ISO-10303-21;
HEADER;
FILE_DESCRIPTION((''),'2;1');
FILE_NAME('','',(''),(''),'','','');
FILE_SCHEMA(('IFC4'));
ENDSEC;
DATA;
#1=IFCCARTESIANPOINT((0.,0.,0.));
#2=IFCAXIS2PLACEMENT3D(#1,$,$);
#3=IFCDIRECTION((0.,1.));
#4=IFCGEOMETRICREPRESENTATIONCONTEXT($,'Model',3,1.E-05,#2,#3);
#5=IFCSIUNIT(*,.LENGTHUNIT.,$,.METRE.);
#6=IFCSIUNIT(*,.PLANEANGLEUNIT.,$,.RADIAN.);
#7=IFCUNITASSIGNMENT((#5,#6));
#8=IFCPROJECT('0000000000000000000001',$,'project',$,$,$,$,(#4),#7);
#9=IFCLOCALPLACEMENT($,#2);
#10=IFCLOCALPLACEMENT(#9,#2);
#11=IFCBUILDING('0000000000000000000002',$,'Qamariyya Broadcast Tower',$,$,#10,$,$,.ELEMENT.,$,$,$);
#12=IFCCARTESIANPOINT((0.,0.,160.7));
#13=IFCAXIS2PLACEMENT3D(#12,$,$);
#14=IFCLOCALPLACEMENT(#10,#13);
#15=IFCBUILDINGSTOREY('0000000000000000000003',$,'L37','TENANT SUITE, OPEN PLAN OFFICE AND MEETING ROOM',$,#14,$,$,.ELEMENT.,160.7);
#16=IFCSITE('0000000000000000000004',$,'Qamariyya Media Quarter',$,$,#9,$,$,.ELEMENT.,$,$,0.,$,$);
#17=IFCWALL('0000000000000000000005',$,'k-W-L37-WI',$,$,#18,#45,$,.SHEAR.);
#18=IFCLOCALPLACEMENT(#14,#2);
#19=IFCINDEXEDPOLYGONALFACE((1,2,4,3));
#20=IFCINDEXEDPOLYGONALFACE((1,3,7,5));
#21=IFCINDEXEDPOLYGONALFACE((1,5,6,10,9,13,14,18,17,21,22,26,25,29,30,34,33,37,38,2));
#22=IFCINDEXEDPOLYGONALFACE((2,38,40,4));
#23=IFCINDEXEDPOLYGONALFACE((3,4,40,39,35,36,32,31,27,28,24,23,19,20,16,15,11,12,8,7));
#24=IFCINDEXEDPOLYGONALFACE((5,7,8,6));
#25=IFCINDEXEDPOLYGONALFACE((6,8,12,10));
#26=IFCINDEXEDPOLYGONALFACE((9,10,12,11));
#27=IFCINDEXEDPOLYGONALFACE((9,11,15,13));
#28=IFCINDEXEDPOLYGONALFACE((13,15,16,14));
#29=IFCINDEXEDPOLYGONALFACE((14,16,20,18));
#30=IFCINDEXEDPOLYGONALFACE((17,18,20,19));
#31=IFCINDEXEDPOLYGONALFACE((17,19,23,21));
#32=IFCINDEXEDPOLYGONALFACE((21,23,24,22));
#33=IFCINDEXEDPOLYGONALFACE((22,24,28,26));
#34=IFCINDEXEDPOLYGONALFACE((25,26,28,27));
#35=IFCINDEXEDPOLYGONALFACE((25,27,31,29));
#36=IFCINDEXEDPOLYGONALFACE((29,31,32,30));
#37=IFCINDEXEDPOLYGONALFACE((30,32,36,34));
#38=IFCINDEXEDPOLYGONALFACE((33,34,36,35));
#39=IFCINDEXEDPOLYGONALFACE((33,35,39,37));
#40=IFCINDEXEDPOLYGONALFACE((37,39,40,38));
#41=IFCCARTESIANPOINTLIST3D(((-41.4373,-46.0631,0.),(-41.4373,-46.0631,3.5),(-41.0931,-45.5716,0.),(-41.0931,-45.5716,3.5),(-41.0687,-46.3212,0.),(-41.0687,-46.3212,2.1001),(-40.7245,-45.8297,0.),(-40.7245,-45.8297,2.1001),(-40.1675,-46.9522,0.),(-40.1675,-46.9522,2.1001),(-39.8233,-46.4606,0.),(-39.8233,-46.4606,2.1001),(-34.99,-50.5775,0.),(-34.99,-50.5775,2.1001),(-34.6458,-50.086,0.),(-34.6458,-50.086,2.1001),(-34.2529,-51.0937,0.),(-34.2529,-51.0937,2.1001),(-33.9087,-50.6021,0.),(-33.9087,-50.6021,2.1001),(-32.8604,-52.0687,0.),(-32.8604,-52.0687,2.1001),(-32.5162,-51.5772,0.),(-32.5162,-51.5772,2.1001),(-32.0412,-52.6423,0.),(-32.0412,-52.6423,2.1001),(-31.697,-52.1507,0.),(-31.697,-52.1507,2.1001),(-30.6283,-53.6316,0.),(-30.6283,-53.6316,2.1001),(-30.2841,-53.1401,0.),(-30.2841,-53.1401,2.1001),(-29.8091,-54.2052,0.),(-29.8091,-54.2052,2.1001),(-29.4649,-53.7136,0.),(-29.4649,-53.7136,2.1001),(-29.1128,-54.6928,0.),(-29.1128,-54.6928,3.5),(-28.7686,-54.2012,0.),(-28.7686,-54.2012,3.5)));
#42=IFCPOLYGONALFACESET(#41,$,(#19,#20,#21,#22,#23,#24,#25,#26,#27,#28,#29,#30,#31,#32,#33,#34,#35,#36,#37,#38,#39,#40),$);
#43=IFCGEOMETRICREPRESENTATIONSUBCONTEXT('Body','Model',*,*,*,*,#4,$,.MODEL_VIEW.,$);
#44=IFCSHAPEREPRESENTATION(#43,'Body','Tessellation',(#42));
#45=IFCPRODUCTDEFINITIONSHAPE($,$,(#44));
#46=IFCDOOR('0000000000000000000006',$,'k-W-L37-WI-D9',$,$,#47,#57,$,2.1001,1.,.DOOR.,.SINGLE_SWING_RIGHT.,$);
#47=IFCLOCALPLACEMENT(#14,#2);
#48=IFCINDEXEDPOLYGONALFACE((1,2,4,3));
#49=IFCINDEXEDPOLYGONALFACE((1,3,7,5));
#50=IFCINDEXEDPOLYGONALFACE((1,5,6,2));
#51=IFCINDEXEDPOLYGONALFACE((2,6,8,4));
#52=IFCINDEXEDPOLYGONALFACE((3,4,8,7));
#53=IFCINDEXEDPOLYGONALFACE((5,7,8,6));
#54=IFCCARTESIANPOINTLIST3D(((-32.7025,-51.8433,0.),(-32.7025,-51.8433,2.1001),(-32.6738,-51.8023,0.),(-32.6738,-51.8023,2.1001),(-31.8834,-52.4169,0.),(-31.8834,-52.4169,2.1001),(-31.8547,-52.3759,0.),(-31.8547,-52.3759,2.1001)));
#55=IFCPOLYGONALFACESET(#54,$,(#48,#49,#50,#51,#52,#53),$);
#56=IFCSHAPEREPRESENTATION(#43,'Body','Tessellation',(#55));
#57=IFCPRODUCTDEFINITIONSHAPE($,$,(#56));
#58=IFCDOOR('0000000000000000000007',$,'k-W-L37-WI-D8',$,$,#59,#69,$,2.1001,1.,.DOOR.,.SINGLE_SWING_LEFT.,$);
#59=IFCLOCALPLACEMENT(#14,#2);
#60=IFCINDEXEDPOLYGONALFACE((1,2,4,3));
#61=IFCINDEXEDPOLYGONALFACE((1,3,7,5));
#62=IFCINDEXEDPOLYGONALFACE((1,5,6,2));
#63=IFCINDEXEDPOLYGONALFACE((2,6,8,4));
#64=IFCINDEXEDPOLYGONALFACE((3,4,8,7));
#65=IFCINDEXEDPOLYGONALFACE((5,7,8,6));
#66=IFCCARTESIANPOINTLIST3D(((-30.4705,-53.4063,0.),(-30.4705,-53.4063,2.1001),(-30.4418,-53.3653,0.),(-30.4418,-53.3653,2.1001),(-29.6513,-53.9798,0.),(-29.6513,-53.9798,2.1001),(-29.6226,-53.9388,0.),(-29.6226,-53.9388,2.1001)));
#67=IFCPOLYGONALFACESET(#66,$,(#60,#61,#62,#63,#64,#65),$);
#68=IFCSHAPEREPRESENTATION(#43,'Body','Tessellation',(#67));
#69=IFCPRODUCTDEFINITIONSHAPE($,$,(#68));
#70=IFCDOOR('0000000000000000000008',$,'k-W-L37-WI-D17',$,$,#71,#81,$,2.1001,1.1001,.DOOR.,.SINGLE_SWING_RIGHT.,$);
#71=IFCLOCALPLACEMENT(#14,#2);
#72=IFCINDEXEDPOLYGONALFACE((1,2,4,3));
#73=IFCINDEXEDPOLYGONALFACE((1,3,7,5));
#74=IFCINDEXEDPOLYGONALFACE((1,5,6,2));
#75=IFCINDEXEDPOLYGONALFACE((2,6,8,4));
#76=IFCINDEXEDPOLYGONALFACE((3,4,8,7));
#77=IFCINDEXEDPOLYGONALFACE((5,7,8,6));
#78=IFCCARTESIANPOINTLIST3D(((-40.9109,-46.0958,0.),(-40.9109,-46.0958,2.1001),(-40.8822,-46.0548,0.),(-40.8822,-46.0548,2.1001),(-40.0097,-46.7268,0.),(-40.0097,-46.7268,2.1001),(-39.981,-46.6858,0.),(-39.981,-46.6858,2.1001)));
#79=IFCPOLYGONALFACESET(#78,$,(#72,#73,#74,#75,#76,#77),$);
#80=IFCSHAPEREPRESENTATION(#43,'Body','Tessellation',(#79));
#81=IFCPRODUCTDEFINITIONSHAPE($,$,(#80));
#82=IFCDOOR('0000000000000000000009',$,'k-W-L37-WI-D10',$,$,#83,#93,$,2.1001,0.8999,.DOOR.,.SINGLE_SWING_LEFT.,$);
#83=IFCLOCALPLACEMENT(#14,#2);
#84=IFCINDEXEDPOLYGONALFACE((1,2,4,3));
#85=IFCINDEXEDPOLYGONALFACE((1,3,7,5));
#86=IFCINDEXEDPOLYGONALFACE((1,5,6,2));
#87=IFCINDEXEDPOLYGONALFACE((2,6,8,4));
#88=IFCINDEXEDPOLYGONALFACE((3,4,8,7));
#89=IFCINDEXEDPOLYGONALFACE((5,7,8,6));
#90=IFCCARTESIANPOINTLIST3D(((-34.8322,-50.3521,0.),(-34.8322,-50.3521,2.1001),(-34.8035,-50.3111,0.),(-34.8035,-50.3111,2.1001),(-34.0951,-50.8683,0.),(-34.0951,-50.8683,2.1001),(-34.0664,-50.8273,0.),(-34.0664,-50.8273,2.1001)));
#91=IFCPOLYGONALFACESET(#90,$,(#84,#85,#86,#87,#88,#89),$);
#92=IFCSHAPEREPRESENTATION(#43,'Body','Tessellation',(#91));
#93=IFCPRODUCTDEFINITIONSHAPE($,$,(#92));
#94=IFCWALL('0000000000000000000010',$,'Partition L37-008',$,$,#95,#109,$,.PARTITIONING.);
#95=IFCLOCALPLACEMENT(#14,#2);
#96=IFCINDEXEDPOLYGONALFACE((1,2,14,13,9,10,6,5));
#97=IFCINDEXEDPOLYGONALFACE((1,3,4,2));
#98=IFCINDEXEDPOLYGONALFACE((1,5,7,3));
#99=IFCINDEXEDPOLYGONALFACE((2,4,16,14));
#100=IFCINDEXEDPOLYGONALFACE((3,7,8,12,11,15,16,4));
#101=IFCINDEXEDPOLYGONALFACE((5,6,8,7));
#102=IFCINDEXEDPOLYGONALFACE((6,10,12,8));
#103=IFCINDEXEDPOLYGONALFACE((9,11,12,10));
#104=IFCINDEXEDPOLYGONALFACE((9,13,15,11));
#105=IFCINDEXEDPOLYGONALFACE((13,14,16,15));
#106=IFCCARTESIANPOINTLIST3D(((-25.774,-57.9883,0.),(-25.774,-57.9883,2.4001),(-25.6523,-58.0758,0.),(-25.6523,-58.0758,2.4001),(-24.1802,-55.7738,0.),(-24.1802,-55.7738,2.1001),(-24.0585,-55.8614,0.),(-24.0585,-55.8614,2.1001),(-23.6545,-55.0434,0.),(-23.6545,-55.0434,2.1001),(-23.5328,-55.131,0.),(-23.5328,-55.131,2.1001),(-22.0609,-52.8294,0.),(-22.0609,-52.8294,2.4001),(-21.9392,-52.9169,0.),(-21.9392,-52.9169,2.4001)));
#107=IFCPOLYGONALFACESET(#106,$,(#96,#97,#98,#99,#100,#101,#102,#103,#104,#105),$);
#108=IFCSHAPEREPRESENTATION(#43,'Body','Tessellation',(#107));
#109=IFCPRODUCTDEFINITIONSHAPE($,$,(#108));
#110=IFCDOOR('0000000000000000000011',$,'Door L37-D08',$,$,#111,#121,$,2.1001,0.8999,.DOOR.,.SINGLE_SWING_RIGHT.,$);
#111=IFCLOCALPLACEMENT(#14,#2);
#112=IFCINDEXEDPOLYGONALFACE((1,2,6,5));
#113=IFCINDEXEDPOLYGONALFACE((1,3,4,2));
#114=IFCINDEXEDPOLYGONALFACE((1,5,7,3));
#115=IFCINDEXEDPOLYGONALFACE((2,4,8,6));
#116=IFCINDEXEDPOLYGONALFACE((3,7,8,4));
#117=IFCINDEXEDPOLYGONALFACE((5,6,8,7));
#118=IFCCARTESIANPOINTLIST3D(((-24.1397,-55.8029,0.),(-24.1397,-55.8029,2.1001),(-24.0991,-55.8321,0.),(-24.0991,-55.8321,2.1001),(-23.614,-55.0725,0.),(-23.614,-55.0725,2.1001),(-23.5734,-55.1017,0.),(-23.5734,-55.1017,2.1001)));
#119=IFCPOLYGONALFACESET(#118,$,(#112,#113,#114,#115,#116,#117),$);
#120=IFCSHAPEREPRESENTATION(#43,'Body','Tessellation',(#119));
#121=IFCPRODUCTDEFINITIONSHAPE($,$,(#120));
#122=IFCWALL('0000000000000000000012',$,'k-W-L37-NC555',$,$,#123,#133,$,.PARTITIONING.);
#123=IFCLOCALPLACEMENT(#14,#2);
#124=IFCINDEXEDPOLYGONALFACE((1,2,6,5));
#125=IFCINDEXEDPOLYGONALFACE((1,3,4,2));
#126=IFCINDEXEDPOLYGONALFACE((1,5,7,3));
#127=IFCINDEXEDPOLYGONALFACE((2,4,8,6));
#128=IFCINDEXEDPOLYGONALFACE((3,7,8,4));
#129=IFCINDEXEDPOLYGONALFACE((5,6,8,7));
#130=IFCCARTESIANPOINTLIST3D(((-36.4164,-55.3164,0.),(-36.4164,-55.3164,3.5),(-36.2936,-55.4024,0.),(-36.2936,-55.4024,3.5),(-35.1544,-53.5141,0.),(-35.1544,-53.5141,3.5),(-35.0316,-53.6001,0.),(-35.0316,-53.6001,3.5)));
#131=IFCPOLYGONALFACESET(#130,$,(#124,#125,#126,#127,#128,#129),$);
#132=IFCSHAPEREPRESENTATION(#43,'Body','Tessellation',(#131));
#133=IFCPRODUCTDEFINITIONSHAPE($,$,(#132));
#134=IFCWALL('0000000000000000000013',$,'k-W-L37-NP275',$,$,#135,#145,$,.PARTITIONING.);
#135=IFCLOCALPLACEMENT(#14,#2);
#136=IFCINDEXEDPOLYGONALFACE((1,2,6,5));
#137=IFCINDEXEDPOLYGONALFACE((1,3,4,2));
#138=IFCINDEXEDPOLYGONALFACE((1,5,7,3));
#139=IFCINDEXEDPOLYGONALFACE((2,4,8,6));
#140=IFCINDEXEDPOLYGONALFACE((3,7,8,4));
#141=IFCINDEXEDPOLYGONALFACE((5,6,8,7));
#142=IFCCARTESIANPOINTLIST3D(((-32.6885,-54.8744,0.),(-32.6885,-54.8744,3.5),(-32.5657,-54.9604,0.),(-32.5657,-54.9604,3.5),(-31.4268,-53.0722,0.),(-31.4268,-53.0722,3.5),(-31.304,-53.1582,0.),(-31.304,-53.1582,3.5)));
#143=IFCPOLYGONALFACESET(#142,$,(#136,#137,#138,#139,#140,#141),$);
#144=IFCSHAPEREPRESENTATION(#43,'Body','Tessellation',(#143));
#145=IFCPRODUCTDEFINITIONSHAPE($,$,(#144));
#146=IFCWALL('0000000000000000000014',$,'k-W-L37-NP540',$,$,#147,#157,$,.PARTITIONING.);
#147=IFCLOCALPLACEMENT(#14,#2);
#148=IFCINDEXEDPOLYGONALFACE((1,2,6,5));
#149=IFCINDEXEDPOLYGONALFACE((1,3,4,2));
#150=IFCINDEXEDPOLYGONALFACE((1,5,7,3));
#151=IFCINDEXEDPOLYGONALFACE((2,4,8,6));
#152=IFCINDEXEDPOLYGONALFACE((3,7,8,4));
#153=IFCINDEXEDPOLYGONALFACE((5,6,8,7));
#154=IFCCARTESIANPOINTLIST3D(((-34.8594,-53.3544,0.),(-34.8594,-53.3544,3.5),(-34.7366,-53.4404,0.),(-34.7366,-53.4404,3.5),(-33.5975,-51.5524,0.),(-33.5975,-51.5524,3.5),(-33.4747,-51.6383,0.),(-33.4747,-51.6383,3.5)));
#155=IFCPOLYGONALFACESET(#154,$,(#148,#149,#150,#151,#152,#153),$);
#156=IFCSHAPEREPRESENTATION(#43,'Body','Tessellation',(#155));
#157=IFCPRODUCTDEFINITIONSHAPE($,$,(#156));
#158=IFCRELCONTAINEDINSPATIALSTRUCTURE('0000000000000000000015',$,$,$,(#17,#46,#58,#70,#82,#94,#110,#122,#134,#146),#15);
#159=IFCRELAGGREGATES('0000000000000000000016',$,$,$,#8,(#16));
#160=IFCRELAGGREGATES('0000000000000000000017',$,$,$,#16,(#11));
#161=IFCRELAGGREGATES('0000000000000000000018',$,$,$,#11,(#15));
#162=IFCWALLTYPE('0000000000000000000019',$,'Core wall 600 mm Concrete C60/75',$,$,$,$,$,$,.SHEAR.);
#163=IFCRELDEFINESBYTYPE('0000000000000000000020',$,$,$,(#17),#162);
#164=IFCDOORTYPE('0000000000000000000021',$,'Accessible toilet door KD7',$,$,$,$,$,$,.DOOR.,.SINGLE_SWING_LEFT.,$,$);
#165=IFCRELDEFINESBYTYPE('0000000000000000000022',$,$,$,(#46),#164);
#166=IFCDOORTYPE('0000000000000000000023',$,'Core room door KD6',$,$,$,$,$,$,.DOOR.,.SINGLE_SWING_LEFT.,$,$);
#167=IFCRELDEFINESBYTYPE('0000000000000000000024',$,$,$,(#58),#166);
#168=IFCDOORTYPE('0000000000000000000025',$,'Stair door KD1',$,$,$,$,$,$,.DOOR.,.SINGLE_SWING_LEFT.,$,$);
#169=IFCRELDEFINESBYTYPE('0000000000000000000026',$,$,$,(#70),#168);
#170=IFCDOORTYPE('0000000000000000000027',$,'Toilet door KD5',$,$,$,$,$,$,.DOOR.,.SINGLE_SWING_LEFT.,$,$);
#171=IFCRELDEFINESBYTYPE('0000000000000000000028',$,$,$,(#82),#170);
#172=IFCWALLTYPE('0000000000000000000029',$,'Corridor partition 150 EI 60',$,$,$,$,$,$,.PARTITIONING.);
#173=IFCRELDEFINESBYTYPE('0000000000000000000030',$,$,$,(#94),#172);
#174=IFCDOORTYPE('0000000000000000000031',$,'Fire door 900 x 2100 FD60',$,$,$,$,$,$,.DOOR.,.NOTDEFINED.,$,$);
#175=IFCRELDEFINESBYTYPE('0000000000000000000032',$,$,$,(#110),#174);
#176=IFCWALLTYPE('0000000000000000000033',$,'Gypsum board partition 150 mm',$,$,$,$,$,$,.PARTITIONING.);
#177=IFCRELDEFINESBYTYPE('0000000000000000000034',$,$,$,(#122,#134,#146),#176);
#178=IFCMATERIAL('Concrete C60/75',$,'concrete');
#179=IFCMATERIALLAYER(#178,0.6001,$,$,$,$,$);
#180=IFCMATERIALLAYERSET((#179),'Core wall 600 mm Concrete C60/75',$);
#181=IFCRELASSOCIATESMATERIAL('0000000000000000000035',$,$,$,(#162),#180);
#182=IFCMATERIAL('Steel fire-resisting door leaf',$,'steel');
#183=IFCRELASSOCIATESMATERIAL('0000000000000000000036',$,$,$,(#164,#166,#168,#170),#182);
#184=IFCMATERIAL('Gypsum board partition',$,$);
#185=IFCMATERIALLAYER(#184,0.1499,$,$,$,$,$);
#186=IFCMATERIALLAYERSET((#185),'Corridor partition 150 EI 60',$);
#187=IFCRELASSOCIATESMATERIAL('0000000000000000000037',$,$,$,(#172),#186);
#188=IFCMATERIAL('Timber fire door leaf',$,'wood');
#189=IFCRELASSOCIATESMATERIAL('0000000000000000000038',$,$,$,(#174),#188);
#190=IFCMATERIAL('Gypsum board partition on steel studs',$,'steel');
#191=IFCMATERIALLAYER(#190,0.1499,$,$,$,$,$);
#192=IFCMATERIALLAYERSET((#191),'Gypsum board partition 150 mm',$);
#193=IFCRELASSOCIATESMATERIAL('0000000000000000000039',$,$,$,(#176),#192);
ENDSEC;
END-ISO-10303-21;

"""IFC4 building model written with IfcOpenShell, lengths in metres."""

from ifc_helpers import new_model, si_unit, direction, frame, frame_2d, origin, place, context, subcontext, project, spatial, rectangle, extrude, material, layer, layer_set, type_object, element, fill, save


model = new_model("IFC4")

# Units and contexts
model_context = context("Model", 3, precision=1e-05, world=origin(), true_north=direction((0.0, 1.0)))
body_context = subcontext(model_context, "Body", "Model", "MODEL_VIEW")
ifc_project = project(units=[si_unit("LENGTHUNIT", "METRE"), si_unit("PLANEANGLEUNIT", "RADIAN")], contexts=[model_context])

# Site, building, storey
site_placement = place(None, origin())
site = spatial("IfcSite", under=ifc_project, at=site_placement, Name="Qamariyya Media Quarter", CompositionType="ELEMENT", RefElevation=0.0)
building_placement = place(site_placement, origin())
building = spatial("IfcBuilding", under=site, at=building_placement, Name="Qamariyya Broadcast Tower", CompositionType="ELEMENT")
storey_placement = place(building_placement, frame((0.0, 0.0, 160.7)))
storey = spatial("IfcBuildingStorey", under=building, at=storey_placement, Name="L37", Description="TENANT SUITE, OPEN PLAN OFFICE AND MEETING ROOM", CompositionType="ELEMENT", Elevation=160.7)

# Shared definitions
ifc_material_1 = material(Name="Concrete C60/75", Category="concrete")

# Wall, openings, doors
ifc_layer_1 = layer(ifc_material_1, 0.6001)
ifc_layer_set_1 = layer_set([ifc_layer_1], Name="Core wall 600 mm Concrete C60/75")
wall_type_1 = type_object("IfcWallType", Name="Core wall 600 mm Concrete C60/75", PredefinedType="SHEAR", material=ifc_layer_set_1)
wall_1_placement = place(storey_placement, frame((-28.9407, -54.447, 0.0), z_axis=(0.0, 0.0, 1.0), x_axis=(-0.819153, 0.573575, 0.0)))
wall_1 = element("IfcWall", 1, at=wall_1_placement, inside=storey, type_object=wall_type_1, Name="k-W-L37-WI", PredefinedType="SHEAR", context=body_context, shape_type="SweptSolid", body=[
    extrude(rectangle(XDim=15.0454, YDim=0.6001, at=frame_2d((7.5227, 0.0))), origin(), (0.0, 0.0, 1.0), 3.5),
])
opening_1_placement = place(wall_1_placement, frame((0.8501, 0.0, 0.0)))
opening_1 = element("IfcOpeningElement", 2, at=opening_1_placement, cuts=wall_1, PredefinedType="OPENING", context=body_context, shape_type="SweptSolid", body=[
    extrude(rectangle(XDim=1.0, YDim=2.1001, at=frame_2d((0.5, 1.05))), frame((0.0, 0.3101, 0.0), z_axis=(0.0, -1.0, 0.0), x_axis=(1.0, 0.0, 0.0)), (0.0, 0.0, 1.0), 0.6201),
])
opening_2_placement = place(wall_1_placement, frame((3.575, 0.0, 0.0)))
opening_2 = element("IfcOpeningElement", 3, at=opening_2_placement, cuts=wall_1, PredefinedType="OPENING", context=body_context, shape_type="SweptSolid", body=[
    extrude(rectangle(XDim=1.0, YDim=2.1001, at=frame_2d((0.5, 1.05))), frame((0.0, 0.3101, 0.0), z_axis=(0.0, -1.0, 0.0), x_axis=(1.0, 0.0, 0.0)), (0.0, 0.0, 1.0), 0.6201),
])
opening_3_placement = place(wall_1_placement, frame((6.2749, 0.0, 0.0)))
opening_3 = element("IfcOpeningElement", 4, at=opening_3_placement, cuts=wall_1, PredefinedType="OPENING", context=body_context, shape_type="SweptSolid", body=[
    extrude(rectangle(XDim=0.8999, YDim=2.1001, at=frame_2d((0.45, 1.05))), frame((0.0, 0.3101, 0.0), z_axis=(0.0, -1.0, 0.0), x_axis=(1.0, 0.0, 0.0)), (0.0, 0.0, 1.0), 0.6201),
])
opening_4_placement = place(wall_1_placement, frame((13.4954, 0.0, 0.0)))
opening_4 = element("IfcOpeningElement", 5, at=opening_4_placement, cuts=wall_1, PredefinedType="OPENING", context=body_context, shape_type="SweptSolid", body=[
    extrude(rectangle(XDim=1.1001, YDim=2.1001, at=frame_2d((0.55, 1.05))), frame((0.0, 0.3101, 0.0), z_axis=(0.0, -1.0, 0.0), x_axis=(1.0, 0.0, 0.0)), (0.0, 0.0, 1.0), 0.6201),
])
ifc_material_2 = material(Name="Steel fire-resisting door leaf", Category="steel")
door_type_1 = type_object("IfcDoorType", Name="Accessible toilet door KD7", OperationType="SINGLE_SWING_LEFT", PredefinedType="DOOR", material=ifc_material_2)
door_1_placement = place(opening_2_placement, origin())
door_1 = element("IfcDoor", 6, at=door_1_placement, inside=storey, type_object=door_type_1, Name="k-W-L37-WI-D9", OperationType="SINGLE_SWING_RIGHT", OverallHeight=2.1001, OverallWidth=1.0, PredefinedType="DOOR", context=body_context, shape_type="SweptSolid", body=[
    extrude(rectangle(XDim=1.0, YDim=2.1001, at=frame_2d((0.5, 1.05))), frame((0.0, 0.0249, 0.0), z_axis=(0.0, -1.0, 0.0), x_axis=(1.0, 0.0, 0.0)), (0.0, 0.0, 1.0), 0.05),
])
fill(opening_2, door_1)
door_type_2 = type_object("IfcDoorType", Name="Core room door KD6", OperationType="SINGLE_SWING_LEFT", PredefinedType="DOOR", material=ifc_material_2)
door_2_placement = place(opening_1_placement, origin())
door_2 = element("IfcDoor", 7, at=door_2_placement, inside=storey, type_object=door_type_2, Name="k-W-L37-WI-D8", OperationType="SINGLE_SWING_LEFT", OverallHeight=2.1001, OverallWidth=1.0, PredefinedType="DOOR", context=body_context, shape_type="SweptSolid", body=[
    extrude(rectangle(XDim=1.0, YDim=2.1001, at=frame_2d((0.5, 1.05))), frame((0.0, 0.0249, 0.0), z_axis=(0.0, -1.0, 0.0), x_axis=(1.0, 0.0, 0.0)), (0.0, 0.0, 1.0), 0.05),
])
fill(opening_1, door_2)
door_type_3 = type_object("IfcDoorType", Name="Stair door KD1", OperationType="SINGLE_SWING_LEFT", PredefinedType="DOOR", material=ifc_material_2)
door_3_placement = place(opening_4_placement, origin())
door_3 = element("IfcDoor", 8, at=door_3_placement, inside=storey, type_object=door_type_3, Name="k-W-L37-WI-D17", OperationType="SINGLE_SWING_RIGHT", OverallHeight=2.1001, OverallWidth=1.1001, PredefinedType="DOOR", context=body_context, shape_type="SweptSolid", body=[
    extrude(rectangle(XDim=1.1001, YDim=2.1001, at=frame_2d((0.55, 1.05))), frame((0.0, 0.0249, 0.0), z_axis=(0.0, -1.0, 0.0), x_axis=(1.0, 0.0, 0.0)), (0.0, 0.0, 1.0), 0.05),
])
fill(opening_4, door_3)
door_type_4 = type_object("IfcDoorType", Name="Toilet door KD5", OperationType="SINGLE_SWING_LEFT", PredefinedType="DOOR", material=ifc_material_2)
door_4_placement = place(opening_3_placement, origin())
door_4 = element("IfcDoor", 9, at=door_4_placement, inside=storey, type_object=door_type_4, Name="k-W-L37-WI-D10", OperationType="SINGLE_SWING_LEFT", OverallHeight=2.1001, OverallWidth=0.8999, PredefinedType="DOOR", context=body_context, shape_type="SweptSolid", body=[
    extrude(rectangle(XDim=0.8999, YDim=2.1001, at=frame_2d((0.45, 1.05))), frame((0.0, 0.0249, 0.0), z_axis=(0.0, -1.0, 0.0), x_axis=(1.0, 0.0, 0.0)), (0.0, 0.0, 1.0), 0.05),
])
fill(opening_3, door_4)

# Wall, opening, door
ifc_material_3 = material(Name="Gypsum board partition")
ifc_layer_2 = layer(ifc_material_3, 0.1499)
ifc_layer_set_2 = layer_set([ifc_layer_2], Name="Corridor partition 150 EI 60")
wall_type_2 = type_object("IfcWallType", Name="Corridor partition 150 EI 60", PredefinedType="PARTITIONING", material=ifc_layer_set_2)
wall_2_placement = place(storey_placement, frame((-22.0, -52.873, 0.0), z_axis=(0.0, 0.0, 1.0), x_axis=(-0.58417, -0.811631, 0.0)))
wall_2 = element("IfcWall", 10, at=wall_2_placement, inside=storey, type_object=wall_type_2, Name="Partition L37-008", PredefinedType="PARTITIONING", context=body_context, shape_type="SweptSolid", body=[
    extrude(rectangle(XDim=6.3562, YDim=0.1499, at=frame_2d((3.1782, 0.0))), origin(), (0.0, 0.0, 1.0), 2.4001),
])
opening_5_placement = place(wall_2_placement, frame((2.728, 0.0, 0.0)))
opening_5 = element("IfcOpeningElement", 11, at=opening_5_placement, cuts=wall_2, PredefinedType="OPENING", context=body_context, shape_type="SweptSolid", body=[
    extrude(rectangle(XDim=0.8999, YDim=2.1001, at=frame_2d((0.45, 1.05))), frame((0.0, 0.085, 0.0), z_axis=(0.0, -1.0, 0.0), x_axis=(1.0, 0.0, 0.0)), (0.0, 0.0, 1.0), 0.1699),
])
ifc_material_4 = material(Name="Timber fire door leaf", Category="wood")
door_type_5 = type_object("IfcDoorType", Name="Fire door 900 x 2100 FD60", OperationType="NOTDEFINED", PredefinedType="DOOR", material=ifc_material_4)
door_5_placement = place(opening_5_placement, origin())
door_5 = element("IfcDoor", 12, at=door_5_placement, inside=storey, type_object=door_type_5, Name="Door L37-D08", OperationType="SINGLE_SWING_RIGHT", OverallHeight=2.1001, OverallWidth=0.8999, PredefinedType="DOOR", context=body_context, shape_type="SweptSolid", body=[
    extrude(rectangle(XDim=0.8999, YDim=2.1001, at=frame_2d((0.45, 1.05))), frame((0.0, 0.0249, 0.0), z_axis=(0.0, -1.0, 0.0), x_axis=(1.0, 0.0, 0.0)), (0.0, 0.0, 1.0), 0.05),
])
fill(opening_5, door_5)

# Walls
ifc_material_5 = material(Name="Gypsum board partition on steel studs", Category="steel")
ifc_layer_3 = layer(ifc_material_5, 0.1499)
ifc_layer_set_3 = layer_set([ifc_layer_3], Name="Gypsum board partition 150 mm")
wall_type_3 = type_object("IfcWallType", Name="Gypsum board partition 150 mm", PredefinedType="PARTITIONING", material=ifc_layer_set_3)
wall_3_placement = place(storey_placement, frame((-36.355, -55.3594, 0.0), z_axis=(0.0, 0.0, 1.0), x_axis=(0.573581, 0.819149, 0.0)))
element("IfcWall", 13, at=wall_3_placement, inside=storey, type_object=wall_type_3, Name="k-W-L37-NC555", PredefinedType="PARTITIONING", context=body_context, shape_type="SweptSolid", body=[
    extrude(rectangle(XDim=2.2002, YDim=0.1499, at=frame_2d((1.1001, 0.0))), origin(), (0.0, 0.0, 1.0), 3.5),
])
for number, where, z_axis, x_axis, name in (
    (14, (-32.6272, -54.9175, 0.0), (0.0, 0.0, 1.0), (0.573507, 0.819201, 0.0), "k-W-L37-NP275"),
    (15, (-34.7981, -53.3975, 0.0), (0.0, 0.0, 1.0), (0.573634, 0.819112, 0.0), "k-W-L37-NP540"),
):
    element("IfcWall", number, at=place(storey_placement, frame(where, z_axis=z_axis, x_axis=x_axis)), inside=storey, type_object=wall_type_3, Name=name, PredefinedType="PARTITIONING", context=body_context, shape_type="SweptSolid", body=[
        extrude(rectangle(XDim=2.2, YDim=0.1499, at=frame_2d((1.1001, 0.0))), origin(), (0.0, 0.0, 1.0), 3.5),
    ])

save(model, "model.ifc")
